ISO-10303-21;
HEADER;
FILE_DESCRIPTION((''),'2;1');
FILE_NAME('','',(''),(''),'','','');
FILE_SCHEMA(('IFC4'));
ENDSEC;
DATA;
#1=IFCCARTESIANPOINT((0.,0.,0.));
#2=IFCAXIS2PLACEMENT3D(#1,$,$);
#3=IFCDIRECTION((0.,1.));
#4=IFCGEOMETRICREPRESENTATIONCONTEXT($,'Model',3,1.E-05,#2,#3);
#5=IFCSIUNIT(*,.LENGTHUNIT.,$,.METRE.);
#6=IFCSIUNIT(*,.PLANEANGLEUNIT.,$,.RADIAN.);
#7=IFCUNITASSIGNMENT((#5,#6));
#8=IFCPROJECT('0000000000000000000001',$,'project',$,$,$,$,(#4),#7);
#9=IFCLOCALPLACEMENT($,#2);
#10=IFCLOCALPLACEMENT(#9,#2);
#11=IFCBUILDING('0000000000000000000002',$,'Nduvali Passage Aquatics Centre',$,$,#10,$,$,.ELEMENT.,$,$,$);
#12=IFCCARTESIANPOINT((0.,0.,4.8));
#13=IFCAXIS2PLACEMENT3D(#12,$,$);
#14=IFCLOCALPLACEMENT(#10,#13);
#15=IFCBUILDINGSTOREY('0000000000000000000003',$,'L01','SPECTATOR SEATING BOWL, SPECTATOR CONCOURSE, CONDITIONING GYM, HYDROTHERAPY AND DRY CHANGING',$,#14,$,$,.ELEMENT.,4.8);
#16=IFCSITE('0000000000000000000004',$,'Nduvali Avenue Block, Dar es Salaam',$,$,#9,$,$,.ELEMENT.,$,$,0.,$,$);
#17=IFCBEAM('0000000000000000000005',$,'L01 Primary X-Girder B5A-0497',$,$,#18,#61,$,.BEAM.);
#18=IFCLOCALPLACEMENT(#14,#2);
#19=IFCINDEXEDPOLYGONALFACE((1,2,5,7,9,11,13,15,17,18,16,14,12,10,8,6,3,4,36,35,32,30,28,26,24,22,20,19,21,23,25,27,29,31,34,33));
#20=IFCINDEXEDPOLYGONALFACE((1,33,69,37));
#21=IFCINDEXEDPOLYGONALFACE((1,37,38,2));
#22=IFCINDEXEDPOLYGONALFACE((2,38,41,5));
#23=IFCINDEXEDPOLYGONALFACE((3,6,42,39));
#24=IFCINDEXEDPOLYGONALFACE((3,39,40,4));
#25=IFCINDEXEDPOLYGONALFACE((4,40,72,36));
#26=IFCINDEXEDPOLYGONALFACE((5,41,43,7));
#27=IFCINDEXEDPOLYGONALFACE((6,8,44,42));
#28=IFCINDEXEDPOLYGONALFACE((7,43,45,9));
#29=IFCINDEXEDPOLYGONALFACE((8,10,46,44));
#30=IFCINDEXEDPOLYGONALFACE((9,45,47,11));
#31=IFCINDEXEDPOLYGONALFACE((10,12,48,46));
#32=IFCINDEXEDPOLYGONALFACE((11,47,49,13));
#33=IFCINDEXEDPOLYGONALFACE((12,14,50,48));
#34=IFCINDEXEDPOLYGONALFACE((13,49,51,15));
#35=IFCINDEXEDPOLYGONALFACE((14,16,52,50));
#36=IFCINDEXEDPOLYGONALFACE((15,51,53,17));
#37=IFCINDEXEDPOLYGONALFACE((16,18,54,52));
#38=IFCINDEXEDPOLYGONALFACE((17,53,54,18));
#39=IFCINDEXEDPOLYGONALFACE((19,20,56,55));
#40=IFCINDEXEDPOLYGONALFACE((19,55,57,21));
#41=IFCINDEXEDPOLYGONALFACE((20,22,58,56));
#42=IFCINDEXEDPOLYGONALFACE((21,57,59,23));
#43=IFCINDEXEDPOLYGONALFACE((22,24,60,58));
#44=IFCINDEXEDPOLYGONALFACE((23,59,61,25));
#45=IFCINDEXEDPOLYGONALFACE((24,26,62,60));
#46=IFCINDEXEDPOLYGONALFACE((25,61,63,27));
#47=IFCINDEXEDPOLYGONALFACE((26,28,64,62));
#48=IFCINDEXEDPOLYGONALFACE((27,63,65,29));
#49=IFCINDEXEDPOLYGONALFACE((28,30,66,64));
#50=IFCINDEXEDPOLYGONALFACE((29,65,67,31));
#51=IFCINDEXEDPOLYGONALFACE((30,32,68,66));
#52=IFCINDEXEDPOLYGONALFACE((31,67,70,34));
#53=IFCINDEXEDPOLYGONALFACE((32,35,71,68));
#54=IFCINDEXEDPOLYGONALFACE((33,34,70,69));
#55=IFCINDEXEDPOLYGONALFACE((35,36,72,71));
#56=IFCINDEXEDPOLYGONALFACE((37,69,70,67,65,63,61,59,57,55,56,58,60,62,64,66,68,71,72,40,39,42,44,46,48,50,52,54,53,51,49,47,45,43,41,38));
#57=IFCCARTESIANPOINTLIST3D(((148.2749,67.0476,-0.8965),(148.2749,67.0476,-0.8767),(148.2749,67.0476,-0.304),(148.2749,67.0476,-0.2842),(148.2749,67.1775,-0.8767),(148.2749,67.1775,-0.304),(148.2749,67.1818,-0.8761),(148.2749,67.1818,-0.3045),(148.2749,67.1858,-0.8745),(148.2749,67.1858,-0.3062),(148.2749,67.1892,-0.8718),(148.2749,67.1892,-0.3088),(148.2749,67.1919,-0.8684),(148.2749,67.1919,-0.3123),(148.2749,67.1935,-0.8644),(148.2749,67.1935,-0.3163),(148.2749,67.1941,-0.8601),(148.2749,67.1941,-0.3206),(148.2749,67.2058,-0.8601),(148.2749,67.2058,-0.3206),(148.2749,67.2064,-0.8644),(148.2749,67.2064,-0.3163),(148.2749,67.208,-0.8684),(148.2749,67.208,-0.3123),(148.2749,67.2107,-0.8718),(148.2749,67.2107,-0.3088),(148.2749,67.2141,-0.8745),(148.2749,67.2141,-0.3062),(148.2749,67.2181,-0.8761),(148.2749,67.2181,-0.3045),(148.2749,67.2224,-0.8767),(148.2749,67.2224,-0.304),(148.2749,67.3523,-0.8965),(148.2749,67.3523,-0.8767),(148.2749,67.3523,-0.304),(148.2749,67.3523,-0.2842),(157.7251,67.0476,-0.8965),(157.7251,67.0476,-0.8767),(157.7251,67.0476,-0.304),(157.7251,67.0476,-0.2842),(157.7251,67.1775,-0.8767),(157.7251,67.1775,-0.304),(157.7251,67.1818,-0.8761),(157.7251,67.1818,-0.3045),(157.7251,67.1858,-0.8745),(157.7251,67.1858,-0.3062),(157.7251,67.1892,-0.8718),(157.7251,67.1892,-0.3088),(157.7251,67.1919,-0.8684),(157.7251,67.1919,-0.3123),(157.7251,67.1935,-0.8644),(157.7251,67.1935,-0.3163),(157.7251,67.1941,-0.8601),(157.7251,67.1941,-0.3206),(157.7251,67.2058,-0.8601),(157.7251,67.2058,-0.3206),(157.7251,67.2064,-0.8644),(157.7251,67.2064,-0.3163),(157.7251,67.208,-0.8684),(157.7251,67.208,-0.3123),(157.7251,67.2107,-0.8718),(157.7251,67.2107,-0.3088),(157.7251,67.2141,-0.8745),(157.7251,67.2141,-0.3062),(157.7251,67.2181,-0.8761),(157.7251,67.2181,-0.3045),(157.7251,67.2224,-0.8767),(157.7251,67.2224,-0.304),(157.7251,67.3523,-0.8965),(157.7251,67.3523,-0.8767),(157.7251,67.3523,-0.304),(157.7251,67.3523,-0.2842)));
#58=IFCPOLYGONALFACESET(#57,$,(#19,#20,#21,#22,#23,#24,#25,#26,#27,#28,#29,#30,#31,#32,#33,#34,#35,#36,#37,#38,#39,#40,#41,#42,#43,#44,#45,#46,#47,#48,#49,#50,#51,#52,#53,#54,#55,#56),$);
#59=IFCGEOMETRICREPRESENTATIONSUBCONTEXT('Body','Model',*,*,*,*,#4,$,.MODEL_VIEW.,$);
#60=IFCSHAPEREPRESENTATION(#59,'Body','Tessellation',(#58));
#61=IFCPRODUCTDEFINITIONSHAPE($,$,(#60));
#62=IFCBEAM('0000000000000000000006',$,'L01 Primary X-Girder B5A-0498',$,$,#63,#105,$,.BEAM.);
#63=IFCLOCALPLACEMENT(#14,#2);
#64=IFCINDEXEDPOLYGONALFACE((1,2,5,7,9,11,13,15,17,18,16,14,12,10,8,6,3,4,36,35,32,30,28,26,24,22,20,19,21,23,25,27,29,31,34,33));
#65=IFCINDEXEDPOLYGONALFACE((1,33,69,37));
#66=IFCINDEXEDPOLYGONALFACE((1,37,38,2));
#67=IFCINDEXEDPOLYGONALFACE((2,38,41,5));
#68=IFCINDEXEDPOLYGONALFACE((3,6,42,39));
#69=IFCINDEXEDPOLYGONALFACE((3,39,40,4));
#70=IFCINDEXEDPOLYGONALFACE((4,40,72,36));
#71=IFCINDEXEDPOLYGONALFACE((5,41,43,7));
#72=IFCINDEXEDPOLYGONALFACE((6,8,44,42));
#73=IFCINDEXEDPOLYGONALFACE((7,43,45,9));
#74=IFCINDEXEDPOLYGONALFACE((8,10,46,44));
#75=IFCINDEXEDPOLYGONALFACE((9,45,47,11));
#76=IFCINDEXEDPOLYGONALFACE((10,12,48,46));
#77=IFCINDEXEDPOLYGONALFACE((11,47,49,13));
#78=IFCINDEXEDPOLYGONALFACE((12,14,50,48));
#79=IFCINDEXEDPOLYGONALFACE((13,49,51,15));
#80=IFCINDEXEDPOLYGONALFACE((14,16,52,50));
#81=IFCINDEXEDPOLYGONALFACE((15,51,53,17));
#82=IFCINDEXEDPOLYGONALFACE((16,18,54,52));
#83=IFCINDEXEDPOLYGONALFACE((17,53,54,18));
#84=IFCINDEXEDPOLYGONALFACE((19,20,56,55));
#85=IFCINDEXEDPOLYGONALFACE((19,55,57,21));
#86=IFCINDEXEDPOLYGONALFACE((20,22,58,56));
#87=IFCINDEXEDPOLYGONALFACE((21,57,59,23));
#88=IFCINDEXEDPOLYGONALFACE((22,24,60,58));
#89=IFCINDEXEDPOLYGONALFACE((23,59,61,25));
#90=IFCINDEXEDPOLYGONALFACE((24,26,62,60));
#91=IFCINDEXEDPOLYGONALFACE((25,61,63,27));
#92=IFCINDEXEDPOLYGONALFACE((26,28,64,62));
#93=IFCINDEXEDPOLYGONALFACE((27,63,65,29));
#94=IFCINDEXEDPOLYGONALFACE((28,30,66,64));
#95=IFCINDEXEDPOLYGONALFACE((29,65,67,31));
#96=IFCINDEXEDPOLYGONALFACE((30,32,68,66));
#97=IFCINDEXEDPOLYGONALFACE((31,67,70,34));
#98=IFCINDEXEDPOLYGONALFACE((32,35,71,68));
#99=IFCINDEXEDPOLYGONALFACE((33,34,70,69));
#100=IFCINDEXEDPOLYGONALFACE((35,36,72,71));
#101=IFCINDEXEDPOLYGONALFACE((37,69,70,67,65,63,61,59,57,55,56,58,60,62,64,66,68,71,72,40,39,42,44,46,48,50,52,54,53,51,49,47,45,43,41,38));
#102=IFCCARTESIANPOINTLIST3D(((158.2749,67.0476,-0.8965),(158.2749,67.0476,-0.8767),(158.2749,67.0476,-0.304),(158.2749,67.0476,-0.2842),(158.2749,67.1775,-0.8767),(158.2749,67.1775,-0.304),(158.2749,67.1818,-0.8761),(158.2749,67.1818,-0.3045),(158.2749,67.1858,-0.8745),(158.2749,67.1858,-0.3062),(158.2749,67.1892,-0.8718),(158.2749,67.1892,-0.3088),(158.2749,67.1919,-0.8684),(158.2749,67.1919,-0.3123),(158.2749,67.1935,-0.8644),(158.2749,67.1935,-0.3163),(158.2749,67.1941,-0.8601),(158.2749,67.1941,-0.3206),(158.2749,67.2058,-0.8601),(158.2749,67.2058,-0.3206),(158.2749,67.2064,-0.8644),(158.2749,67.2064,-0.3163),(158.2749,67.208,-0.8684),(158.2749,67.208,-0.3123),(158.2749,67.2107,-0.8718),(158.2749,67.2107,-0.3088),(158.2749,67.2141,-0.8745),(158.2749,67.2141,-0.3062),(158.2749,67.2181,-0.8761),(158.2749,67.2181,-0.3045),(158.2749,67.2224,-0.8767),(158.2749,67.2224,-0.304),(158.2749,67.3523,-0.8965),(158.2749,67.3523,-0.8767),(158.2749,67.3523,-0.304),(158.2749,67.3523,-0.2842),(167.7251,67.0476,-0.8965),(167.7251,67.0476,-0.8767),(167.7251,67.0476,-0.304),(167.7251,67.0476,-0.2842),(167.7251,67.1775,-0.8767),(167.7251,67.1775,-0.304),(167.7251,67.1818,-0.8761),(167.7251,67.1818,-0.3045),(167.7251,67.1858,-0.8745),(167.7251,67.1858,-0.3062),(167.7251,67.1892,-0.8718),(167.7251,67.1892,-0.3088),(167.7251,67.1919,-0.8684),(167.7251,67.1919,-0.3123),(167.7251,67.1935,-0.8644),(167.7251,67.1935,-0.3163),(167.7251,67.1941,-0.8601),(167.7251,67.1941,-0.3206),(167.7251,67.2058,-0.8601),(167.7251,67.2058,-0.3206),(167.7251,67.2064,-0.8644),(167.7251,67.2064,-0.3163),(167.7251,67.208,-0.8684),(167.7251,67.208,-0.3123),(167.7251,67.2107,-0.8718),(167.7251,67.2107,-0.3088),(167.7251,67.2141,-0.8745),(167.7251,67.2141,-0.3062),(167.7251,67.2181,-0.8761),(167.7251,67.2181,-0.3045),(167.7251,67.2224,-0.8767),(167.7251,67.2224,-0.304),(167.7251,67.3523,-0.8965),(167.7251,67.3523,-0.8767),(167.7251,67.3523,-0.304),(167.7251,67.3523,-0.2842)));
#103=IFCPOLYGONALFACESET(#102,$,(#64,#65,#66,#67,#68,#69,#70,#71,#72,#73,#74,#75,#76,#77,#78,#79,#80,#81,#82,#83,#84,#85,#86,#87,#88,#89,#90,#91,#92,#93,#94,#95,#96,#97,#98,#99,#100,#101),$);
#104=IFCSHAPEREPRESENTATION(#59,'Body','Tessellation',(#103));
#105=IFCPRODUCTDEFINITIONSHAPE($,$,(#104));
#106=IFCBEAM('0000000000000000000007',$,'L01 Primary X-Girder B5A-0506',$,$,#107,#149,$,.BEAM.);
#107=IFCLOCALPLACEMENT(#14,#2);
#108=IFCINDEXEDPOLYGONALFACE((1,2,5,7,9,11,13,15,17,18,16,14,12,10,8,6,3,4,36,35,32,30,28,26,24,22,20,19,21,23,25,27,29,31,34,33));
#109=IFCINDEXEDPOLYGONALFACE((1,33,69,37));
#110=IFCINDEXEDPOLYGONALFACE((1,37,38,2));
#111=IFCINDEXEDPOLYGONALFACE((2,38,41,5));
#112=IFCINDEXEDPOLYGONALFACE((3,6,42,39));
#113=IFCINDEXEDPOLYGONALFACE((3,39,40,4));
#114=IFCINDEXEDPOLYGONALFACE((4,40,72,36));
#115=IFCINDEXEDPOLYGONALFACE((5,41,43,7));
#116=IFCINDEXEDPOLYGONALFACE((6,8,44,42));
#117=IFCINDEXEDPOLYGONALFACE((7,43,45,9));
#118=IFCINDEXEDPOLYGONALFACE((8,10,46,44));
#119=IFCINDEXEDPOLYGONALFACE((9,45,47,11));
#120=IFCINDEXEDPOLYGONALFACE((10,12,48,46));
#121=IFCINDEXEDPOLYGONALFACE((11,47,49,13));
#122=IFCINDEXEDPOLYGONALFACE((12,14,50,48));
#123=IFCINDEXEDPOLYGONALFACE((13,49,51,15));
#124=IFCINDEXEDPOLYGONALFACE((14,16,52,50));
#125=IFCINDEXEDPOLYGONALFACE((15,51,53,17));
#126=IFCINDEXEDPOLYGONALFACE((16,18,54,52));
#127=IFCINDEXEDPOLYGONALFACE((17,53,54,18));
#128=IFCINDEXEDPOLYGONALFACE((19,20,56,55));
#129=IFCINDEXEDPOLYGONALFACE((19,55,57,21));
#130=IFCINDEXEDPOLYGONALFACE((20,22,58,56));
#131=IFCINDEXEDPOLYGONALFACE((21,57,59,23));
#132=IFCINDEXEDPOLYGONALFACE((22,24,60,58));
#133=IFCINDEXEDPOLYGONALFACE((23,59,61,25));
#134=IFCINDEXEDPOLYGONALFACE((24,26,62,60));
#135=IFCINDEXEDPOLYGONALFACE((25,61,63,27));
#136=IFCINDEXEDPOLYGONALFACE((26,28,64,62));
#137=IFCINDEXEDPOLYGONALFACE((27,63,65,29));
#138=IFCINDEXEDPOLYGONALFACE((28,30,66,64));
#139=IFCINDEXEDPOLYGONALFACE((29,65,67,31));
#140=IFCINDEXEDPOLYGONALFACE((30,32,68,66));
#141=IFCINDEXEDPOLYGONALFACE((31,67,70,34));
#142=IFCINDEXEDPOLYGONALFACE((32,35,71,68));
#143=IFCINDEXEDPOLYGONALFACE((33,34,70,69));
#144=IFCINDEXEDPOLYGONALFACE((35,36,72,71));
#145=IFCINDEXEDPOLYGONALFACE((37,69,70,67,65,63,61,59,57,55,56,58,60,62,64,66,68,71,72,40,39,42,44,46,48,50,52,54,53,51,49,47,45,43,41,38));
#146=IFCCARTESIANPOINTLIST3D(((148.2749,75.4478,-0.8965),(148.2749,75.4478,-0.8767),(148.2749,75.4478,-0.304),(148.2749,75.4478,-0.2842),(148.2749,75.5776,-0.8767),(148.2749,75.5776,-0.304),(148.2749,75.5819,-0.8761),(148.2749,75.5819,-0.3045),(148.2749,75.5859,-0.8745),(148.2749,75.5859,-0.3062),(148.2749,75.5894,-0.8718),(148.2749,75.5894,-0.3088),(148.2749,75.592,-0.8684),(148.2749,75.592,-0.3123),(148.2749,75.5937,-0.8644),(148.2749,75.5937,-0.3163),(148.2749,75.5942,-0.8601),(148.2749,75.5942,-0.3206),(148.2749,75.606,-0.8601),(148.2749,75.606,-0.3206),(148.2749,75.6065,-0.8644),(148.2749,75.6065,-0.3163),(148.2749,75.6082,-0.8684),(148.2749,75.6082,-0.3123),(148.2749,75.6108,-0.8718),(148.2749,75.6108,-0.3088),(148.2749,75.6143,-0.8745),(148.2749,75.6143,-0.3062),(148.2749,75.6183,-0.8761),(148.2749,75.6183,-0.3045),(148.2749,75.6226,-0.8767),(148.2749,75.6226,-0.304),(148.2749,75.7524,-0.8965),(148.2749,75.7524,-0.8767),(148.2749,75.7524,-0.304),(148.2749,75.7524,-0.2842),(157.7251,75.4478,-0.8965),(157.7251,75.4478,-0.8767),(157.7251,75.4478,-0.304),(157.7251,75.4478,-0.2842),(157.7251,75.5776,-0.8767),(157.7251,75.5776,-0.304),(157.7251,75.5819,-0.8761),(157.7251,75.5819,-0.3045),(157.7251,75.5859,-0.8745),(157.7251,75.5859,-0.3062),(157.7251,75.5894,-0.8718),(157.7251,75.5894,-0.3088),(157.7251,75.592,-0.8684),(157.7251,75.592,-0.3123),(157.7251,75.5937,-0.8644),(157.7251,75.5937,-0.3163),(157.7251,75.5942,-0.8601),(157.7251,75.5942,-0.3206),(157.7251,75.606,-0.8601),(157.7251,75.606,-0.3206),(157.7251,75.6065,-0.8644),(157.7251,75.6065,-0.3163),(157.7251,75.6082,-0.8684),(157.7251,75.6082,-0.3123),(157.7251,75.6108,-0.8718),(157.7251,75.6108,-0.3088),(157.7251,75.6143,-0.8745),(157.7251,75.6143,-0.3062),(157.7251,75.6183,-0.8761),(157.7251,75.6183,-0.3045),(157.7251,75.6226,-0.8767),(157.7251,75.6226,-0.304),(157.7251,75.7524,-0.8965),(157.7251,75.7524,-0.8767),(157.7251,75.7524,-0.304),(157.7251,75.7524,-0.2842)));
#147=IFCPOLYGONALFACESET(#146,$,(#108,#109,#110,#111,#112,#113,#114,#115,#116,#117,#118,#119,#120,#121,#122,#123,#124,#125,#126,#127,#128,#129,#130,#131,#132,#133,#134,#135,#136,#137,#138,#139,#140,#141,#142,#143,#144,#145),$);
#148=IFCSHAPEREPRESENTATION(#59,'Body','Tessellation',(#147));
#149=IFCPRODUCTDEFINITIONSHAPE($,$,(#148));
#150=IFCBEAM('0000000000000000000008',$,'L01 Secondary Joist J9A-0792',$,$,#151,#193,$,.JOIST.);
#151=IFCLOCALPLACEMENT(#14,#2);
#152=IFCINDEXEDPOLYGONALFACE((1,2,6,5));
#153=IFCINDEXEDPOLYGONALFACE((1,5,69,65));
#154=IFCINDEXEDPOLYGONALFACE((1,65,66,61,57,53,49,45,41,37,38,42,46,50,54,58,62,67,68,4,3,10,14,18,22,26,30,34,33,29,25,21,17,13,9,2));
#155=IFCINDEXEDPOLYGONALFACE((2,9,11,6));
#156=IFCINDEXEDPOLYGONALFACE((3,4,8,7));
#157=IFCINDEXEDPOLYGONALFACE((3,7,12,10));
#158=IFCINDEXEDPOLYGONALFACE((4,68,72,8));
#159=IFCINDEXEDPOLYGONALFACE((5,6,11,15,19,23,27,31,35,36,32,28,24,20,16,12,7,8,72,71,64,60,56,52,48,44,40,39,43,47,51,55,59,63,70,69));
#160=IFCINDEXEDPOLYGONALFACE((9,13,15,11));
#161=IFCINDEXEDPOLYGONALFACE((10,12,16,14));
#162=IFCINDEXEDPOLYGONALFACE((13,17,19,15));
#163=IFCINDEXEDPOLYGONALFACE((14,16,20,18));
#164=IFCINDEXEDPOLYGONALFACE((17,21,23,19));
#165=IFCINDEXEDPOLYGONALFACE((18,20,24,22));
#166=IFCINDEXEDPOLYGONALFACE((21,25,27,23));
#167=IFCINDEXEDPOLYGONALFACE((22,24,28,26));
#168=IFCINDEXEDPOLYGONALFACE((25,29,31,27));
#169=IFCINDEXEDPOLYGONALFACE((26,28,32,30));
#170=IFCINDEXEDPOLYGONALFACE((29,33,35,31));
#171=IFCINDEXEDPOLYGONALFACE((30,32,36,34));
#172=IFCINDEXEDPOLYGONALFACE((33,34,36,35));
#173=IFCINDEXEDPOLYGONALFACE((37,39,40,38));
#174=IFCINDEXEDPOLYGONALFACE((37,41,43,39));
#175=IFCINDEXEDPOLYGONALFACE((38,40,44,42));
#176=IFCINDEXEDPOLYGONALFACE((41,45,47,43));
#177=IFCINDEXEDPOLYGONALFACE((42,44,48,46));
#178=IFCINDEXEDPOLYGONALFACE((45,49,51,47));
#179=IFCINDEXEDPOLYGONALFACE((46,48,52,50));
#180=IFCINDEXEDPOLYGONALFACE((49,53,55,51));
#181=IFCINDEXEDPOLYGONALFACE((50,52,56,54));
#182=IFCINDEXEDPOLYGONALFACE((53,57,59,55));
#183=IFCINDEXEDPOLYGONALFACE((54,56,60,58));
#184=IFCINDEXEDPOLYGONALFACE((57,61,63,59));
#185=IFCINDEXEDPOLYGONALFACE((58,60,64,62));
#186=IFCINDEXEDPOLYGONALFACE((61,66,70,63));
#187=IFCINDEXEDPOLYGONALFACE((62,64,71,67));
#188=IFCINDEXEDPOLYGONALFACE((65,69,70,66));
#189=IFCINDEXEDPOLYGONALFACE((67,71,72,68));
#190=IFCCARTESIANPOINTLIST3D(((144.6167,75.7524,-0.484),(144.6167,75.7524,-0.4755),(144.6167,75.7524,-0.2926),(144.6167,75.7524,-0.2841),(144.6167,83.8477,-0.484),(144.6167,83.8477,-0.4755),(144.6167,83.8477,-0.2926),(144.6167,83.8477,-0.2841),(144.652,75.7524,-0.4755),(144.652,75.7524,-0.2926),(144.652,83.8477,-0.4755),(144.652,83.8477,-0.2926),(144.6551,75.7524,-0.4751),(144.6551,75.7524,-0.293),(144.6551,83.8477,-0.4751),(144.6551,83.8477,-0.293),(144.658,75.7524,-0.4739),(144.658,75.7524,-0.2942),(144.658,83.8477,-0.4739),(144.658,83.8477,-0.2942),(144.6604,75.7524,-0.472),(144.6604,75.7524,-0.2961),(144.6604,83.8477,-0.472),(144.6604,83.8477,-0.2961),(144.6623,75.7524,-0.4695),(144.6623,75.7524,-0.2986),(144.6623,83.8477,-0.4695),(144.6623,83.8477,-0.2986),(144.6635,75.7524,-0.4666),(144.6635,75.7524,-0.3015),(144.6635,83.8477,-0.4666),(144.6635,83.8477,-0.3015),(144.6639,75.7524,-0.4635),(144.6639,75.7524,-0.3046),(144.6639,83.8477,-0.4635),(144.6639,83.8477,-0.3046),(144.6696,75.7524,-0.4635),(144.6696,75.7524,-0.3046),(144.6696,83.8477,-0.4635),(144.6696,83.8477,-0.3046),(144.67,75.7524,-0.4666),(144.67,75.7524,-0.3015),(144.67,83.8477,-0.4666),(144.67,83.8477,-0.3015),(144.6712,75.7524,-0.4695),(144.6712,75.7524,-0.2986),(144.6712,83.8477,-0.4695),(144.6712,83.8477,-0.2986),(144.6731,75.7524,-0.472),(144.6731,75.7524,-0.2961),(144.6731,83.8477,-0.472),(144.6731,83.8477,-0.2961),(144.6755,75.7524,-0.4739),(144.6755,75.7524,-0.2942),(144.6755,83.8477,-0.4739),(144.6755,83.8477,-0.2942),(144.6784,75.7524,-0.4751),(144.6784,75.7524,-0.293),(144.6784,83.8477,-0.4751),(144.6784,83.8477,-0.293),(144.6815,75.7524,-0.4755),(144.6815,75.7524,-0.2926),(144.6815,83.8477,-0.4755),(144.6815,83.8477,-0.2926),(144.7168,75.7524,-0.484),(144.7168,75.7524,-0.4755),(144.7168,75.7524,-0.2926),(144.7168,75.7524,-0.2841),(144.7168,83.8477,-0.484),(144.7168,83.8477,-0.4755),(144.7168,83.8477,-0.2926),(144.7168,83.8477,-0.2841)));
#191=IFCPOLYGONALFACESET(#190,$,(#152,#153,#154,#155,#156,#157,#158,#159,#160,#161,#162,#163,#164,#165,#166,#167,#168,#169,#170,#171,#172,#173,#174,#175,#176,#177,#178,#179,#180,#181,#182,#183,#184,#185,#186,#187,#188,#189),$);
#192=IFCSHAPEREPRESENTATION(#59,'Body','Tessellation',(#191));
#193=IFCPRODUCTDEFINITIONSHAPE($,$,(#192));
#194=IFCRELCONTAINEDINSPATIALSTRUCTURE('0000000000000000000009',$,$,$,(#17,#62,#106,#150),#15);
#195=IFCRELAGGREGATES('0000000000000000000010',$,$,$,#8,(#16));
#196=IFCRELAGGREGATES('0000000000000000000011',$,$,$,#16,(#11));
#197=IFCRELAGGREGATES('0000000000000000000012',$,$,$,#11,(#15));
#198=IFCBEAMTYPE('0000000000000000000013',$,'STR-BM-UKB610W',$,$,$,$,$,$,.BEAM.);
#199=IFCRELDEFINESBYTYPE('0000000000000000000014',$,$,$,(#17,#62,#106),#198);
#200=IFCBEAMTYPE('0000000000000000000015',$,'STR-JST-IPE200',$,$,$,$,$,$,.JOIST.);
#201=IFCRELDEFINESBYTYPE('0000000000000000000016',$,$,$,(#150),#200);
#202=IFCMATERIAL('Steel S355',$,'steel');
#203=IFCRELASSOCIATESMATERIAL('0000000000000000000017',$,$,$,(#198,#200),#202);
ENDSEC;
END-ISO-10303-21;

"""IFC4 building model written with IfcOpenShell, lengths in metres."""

from ifc_helpers import new_model, si_unit, direction, frame, origin, origin_2d, place, context, subcontext, project, spatial, i_section, extrude, material, material_profile, profile_set, type_object, element, save


model = new_model("IFC4")

# Units and contexts
model_context = context("Model", 3, precision=1e-05, world=origin(), true_north=direction((0.0, 1.0)))
body_context = subcontext(model_context, "Body", "Model", "MODEL_VIEW")
ifc_project = project(units=[si_unit("LENGTHUNIT", "METRE"), si_unit("PLANEANGLEUNIT", "RADIAN")], contexts=[model_context])

# Site, building, storey
site_placement = place(None, origin())
site = spatial("IfcSite", under=ifc_project, at=site_placement, Name="Nduvali Avenue Block, Dar es Salaam", CompositionType="ELEMENT", RefElevation=0.0)
building_placement = place(site_placement, origin())
building = spatial("IfcBuilding", under=site, at=building_placement, Name="Nduvali Passage Aquatics Centre", CompositionType="ELEMENT")
storey_placement = place(building_placement, frame((0.0, 0.0, 4.8)))
storey = spatial("IfcBuildingStorey", under=building, at=storey_placement, Name="L01", Description="SPECTATOR SEATING BOWL, SPECTATOR CONCOURSE, CONDITIONING GYM, HYDROTHERAPY AND DRY CHANGING", CompositionType="ELEMENT", Elevation=4.8)

# Shared definitions
ifc_material_1 = material(Name="Steel S355", Category="steel")

# Beams
ifc_material_profile_1 = material_profile(ifc_material_1, i_section(OverallWidth=0.3047, OverallDepth=0.6123, WebThickness=0.0117, FlangeThickness=0.0198, FilletRadius=0.0166, at=origin_2d()), Name="UKB 610x305x149")
ifc_profile_set_1 = profile_set([ifc_material_profile_1], Name="Steel S355")
beam_type_1 = type_object("IfcBeamType", Name="STR-BM-UKB610W", PredefinedType="BEAM", material=ifc_profile_set_1)
for number, where, z_axis, x_axis, name in (
    (1, (148.2749, 67.2, -0.5903), (1.0, 0.0, 0.0), (0.0, 1.0, 0.0), "L01 Primary X-Girder B5A-0497"),
    (2, (158.2749, 67.2, -0.5903), (1.0, 0.0, 0.0), (0.0, 1.0, 0.0), "L01 Primary X-Girder B5A-0498"),
    (3, (148.2749, 75.6001, -0.5903), (1.0, 0.0, 0.0), (0.0, 1.0, 0.0), "L01 Primary X-Girder B5A-0506"),
):
    element("IfcBeam", number, at=place(storey_placement, frame(where, z_axis=z_axis, x_axis=x_axis)), inside=storey, type_object=beam_type_1, Name=name, PredefinedType="BEAM", context=body_context, shape_type="SweptSolid", body=[
        extrude(i_section(OverallWidth=0.3047, OverallDepth=0.6123, WebThickness=0.0117, FlangeThickness=0.0198, FilletRadius=0.0166, at=origin_2d()), origin(), (0.0, 0.0, 1.0), 9.4502),
    ])
ifc_material_profile_2 = material_profile(ifc_material_1, i_section(OverallWidth=0.1001, OverallDepth=0.2, WebThickness=0.0056, FlangeThickness=0.0085, FilletRadius=0.012, at=origin_2d()), Name="IPE 200")
ifc_profile_set_2 = profile_set([ifc_material_profile_2], Name="Steel S355")
beam_type_2 = type_object("IfcBeamType", Name="STR-JST-IPE200", PredefinedType="JOIST", material=ifc_profile_set_2)
beam_1_placement = place(storey_placement, frame((144.6667, 75.7524, -0.384), z_axis=(0.0, 1.0, 0.0), x_axis=(-1.0, 0.0, 0.0)))
element("IfcBeam", 4, at=beam_1_placement, inside=storey, type_object=beam_type_2, Name="L01 Secondary Joist J9A-0792", PredefinedType="JOIST", context=body_context, shape_type="SweptSolid", body=[
    extrude(i_section(OverallWidth=0.1001, OverallDepth=0.2, WebThickness=0.0056, FlangeThickness=0.0085, FilletRadius=0.012, at=origin_2d()), origin(), (0.0, 0.0, 1.0), 8.0952),
])

save(model, "model.ifc")
